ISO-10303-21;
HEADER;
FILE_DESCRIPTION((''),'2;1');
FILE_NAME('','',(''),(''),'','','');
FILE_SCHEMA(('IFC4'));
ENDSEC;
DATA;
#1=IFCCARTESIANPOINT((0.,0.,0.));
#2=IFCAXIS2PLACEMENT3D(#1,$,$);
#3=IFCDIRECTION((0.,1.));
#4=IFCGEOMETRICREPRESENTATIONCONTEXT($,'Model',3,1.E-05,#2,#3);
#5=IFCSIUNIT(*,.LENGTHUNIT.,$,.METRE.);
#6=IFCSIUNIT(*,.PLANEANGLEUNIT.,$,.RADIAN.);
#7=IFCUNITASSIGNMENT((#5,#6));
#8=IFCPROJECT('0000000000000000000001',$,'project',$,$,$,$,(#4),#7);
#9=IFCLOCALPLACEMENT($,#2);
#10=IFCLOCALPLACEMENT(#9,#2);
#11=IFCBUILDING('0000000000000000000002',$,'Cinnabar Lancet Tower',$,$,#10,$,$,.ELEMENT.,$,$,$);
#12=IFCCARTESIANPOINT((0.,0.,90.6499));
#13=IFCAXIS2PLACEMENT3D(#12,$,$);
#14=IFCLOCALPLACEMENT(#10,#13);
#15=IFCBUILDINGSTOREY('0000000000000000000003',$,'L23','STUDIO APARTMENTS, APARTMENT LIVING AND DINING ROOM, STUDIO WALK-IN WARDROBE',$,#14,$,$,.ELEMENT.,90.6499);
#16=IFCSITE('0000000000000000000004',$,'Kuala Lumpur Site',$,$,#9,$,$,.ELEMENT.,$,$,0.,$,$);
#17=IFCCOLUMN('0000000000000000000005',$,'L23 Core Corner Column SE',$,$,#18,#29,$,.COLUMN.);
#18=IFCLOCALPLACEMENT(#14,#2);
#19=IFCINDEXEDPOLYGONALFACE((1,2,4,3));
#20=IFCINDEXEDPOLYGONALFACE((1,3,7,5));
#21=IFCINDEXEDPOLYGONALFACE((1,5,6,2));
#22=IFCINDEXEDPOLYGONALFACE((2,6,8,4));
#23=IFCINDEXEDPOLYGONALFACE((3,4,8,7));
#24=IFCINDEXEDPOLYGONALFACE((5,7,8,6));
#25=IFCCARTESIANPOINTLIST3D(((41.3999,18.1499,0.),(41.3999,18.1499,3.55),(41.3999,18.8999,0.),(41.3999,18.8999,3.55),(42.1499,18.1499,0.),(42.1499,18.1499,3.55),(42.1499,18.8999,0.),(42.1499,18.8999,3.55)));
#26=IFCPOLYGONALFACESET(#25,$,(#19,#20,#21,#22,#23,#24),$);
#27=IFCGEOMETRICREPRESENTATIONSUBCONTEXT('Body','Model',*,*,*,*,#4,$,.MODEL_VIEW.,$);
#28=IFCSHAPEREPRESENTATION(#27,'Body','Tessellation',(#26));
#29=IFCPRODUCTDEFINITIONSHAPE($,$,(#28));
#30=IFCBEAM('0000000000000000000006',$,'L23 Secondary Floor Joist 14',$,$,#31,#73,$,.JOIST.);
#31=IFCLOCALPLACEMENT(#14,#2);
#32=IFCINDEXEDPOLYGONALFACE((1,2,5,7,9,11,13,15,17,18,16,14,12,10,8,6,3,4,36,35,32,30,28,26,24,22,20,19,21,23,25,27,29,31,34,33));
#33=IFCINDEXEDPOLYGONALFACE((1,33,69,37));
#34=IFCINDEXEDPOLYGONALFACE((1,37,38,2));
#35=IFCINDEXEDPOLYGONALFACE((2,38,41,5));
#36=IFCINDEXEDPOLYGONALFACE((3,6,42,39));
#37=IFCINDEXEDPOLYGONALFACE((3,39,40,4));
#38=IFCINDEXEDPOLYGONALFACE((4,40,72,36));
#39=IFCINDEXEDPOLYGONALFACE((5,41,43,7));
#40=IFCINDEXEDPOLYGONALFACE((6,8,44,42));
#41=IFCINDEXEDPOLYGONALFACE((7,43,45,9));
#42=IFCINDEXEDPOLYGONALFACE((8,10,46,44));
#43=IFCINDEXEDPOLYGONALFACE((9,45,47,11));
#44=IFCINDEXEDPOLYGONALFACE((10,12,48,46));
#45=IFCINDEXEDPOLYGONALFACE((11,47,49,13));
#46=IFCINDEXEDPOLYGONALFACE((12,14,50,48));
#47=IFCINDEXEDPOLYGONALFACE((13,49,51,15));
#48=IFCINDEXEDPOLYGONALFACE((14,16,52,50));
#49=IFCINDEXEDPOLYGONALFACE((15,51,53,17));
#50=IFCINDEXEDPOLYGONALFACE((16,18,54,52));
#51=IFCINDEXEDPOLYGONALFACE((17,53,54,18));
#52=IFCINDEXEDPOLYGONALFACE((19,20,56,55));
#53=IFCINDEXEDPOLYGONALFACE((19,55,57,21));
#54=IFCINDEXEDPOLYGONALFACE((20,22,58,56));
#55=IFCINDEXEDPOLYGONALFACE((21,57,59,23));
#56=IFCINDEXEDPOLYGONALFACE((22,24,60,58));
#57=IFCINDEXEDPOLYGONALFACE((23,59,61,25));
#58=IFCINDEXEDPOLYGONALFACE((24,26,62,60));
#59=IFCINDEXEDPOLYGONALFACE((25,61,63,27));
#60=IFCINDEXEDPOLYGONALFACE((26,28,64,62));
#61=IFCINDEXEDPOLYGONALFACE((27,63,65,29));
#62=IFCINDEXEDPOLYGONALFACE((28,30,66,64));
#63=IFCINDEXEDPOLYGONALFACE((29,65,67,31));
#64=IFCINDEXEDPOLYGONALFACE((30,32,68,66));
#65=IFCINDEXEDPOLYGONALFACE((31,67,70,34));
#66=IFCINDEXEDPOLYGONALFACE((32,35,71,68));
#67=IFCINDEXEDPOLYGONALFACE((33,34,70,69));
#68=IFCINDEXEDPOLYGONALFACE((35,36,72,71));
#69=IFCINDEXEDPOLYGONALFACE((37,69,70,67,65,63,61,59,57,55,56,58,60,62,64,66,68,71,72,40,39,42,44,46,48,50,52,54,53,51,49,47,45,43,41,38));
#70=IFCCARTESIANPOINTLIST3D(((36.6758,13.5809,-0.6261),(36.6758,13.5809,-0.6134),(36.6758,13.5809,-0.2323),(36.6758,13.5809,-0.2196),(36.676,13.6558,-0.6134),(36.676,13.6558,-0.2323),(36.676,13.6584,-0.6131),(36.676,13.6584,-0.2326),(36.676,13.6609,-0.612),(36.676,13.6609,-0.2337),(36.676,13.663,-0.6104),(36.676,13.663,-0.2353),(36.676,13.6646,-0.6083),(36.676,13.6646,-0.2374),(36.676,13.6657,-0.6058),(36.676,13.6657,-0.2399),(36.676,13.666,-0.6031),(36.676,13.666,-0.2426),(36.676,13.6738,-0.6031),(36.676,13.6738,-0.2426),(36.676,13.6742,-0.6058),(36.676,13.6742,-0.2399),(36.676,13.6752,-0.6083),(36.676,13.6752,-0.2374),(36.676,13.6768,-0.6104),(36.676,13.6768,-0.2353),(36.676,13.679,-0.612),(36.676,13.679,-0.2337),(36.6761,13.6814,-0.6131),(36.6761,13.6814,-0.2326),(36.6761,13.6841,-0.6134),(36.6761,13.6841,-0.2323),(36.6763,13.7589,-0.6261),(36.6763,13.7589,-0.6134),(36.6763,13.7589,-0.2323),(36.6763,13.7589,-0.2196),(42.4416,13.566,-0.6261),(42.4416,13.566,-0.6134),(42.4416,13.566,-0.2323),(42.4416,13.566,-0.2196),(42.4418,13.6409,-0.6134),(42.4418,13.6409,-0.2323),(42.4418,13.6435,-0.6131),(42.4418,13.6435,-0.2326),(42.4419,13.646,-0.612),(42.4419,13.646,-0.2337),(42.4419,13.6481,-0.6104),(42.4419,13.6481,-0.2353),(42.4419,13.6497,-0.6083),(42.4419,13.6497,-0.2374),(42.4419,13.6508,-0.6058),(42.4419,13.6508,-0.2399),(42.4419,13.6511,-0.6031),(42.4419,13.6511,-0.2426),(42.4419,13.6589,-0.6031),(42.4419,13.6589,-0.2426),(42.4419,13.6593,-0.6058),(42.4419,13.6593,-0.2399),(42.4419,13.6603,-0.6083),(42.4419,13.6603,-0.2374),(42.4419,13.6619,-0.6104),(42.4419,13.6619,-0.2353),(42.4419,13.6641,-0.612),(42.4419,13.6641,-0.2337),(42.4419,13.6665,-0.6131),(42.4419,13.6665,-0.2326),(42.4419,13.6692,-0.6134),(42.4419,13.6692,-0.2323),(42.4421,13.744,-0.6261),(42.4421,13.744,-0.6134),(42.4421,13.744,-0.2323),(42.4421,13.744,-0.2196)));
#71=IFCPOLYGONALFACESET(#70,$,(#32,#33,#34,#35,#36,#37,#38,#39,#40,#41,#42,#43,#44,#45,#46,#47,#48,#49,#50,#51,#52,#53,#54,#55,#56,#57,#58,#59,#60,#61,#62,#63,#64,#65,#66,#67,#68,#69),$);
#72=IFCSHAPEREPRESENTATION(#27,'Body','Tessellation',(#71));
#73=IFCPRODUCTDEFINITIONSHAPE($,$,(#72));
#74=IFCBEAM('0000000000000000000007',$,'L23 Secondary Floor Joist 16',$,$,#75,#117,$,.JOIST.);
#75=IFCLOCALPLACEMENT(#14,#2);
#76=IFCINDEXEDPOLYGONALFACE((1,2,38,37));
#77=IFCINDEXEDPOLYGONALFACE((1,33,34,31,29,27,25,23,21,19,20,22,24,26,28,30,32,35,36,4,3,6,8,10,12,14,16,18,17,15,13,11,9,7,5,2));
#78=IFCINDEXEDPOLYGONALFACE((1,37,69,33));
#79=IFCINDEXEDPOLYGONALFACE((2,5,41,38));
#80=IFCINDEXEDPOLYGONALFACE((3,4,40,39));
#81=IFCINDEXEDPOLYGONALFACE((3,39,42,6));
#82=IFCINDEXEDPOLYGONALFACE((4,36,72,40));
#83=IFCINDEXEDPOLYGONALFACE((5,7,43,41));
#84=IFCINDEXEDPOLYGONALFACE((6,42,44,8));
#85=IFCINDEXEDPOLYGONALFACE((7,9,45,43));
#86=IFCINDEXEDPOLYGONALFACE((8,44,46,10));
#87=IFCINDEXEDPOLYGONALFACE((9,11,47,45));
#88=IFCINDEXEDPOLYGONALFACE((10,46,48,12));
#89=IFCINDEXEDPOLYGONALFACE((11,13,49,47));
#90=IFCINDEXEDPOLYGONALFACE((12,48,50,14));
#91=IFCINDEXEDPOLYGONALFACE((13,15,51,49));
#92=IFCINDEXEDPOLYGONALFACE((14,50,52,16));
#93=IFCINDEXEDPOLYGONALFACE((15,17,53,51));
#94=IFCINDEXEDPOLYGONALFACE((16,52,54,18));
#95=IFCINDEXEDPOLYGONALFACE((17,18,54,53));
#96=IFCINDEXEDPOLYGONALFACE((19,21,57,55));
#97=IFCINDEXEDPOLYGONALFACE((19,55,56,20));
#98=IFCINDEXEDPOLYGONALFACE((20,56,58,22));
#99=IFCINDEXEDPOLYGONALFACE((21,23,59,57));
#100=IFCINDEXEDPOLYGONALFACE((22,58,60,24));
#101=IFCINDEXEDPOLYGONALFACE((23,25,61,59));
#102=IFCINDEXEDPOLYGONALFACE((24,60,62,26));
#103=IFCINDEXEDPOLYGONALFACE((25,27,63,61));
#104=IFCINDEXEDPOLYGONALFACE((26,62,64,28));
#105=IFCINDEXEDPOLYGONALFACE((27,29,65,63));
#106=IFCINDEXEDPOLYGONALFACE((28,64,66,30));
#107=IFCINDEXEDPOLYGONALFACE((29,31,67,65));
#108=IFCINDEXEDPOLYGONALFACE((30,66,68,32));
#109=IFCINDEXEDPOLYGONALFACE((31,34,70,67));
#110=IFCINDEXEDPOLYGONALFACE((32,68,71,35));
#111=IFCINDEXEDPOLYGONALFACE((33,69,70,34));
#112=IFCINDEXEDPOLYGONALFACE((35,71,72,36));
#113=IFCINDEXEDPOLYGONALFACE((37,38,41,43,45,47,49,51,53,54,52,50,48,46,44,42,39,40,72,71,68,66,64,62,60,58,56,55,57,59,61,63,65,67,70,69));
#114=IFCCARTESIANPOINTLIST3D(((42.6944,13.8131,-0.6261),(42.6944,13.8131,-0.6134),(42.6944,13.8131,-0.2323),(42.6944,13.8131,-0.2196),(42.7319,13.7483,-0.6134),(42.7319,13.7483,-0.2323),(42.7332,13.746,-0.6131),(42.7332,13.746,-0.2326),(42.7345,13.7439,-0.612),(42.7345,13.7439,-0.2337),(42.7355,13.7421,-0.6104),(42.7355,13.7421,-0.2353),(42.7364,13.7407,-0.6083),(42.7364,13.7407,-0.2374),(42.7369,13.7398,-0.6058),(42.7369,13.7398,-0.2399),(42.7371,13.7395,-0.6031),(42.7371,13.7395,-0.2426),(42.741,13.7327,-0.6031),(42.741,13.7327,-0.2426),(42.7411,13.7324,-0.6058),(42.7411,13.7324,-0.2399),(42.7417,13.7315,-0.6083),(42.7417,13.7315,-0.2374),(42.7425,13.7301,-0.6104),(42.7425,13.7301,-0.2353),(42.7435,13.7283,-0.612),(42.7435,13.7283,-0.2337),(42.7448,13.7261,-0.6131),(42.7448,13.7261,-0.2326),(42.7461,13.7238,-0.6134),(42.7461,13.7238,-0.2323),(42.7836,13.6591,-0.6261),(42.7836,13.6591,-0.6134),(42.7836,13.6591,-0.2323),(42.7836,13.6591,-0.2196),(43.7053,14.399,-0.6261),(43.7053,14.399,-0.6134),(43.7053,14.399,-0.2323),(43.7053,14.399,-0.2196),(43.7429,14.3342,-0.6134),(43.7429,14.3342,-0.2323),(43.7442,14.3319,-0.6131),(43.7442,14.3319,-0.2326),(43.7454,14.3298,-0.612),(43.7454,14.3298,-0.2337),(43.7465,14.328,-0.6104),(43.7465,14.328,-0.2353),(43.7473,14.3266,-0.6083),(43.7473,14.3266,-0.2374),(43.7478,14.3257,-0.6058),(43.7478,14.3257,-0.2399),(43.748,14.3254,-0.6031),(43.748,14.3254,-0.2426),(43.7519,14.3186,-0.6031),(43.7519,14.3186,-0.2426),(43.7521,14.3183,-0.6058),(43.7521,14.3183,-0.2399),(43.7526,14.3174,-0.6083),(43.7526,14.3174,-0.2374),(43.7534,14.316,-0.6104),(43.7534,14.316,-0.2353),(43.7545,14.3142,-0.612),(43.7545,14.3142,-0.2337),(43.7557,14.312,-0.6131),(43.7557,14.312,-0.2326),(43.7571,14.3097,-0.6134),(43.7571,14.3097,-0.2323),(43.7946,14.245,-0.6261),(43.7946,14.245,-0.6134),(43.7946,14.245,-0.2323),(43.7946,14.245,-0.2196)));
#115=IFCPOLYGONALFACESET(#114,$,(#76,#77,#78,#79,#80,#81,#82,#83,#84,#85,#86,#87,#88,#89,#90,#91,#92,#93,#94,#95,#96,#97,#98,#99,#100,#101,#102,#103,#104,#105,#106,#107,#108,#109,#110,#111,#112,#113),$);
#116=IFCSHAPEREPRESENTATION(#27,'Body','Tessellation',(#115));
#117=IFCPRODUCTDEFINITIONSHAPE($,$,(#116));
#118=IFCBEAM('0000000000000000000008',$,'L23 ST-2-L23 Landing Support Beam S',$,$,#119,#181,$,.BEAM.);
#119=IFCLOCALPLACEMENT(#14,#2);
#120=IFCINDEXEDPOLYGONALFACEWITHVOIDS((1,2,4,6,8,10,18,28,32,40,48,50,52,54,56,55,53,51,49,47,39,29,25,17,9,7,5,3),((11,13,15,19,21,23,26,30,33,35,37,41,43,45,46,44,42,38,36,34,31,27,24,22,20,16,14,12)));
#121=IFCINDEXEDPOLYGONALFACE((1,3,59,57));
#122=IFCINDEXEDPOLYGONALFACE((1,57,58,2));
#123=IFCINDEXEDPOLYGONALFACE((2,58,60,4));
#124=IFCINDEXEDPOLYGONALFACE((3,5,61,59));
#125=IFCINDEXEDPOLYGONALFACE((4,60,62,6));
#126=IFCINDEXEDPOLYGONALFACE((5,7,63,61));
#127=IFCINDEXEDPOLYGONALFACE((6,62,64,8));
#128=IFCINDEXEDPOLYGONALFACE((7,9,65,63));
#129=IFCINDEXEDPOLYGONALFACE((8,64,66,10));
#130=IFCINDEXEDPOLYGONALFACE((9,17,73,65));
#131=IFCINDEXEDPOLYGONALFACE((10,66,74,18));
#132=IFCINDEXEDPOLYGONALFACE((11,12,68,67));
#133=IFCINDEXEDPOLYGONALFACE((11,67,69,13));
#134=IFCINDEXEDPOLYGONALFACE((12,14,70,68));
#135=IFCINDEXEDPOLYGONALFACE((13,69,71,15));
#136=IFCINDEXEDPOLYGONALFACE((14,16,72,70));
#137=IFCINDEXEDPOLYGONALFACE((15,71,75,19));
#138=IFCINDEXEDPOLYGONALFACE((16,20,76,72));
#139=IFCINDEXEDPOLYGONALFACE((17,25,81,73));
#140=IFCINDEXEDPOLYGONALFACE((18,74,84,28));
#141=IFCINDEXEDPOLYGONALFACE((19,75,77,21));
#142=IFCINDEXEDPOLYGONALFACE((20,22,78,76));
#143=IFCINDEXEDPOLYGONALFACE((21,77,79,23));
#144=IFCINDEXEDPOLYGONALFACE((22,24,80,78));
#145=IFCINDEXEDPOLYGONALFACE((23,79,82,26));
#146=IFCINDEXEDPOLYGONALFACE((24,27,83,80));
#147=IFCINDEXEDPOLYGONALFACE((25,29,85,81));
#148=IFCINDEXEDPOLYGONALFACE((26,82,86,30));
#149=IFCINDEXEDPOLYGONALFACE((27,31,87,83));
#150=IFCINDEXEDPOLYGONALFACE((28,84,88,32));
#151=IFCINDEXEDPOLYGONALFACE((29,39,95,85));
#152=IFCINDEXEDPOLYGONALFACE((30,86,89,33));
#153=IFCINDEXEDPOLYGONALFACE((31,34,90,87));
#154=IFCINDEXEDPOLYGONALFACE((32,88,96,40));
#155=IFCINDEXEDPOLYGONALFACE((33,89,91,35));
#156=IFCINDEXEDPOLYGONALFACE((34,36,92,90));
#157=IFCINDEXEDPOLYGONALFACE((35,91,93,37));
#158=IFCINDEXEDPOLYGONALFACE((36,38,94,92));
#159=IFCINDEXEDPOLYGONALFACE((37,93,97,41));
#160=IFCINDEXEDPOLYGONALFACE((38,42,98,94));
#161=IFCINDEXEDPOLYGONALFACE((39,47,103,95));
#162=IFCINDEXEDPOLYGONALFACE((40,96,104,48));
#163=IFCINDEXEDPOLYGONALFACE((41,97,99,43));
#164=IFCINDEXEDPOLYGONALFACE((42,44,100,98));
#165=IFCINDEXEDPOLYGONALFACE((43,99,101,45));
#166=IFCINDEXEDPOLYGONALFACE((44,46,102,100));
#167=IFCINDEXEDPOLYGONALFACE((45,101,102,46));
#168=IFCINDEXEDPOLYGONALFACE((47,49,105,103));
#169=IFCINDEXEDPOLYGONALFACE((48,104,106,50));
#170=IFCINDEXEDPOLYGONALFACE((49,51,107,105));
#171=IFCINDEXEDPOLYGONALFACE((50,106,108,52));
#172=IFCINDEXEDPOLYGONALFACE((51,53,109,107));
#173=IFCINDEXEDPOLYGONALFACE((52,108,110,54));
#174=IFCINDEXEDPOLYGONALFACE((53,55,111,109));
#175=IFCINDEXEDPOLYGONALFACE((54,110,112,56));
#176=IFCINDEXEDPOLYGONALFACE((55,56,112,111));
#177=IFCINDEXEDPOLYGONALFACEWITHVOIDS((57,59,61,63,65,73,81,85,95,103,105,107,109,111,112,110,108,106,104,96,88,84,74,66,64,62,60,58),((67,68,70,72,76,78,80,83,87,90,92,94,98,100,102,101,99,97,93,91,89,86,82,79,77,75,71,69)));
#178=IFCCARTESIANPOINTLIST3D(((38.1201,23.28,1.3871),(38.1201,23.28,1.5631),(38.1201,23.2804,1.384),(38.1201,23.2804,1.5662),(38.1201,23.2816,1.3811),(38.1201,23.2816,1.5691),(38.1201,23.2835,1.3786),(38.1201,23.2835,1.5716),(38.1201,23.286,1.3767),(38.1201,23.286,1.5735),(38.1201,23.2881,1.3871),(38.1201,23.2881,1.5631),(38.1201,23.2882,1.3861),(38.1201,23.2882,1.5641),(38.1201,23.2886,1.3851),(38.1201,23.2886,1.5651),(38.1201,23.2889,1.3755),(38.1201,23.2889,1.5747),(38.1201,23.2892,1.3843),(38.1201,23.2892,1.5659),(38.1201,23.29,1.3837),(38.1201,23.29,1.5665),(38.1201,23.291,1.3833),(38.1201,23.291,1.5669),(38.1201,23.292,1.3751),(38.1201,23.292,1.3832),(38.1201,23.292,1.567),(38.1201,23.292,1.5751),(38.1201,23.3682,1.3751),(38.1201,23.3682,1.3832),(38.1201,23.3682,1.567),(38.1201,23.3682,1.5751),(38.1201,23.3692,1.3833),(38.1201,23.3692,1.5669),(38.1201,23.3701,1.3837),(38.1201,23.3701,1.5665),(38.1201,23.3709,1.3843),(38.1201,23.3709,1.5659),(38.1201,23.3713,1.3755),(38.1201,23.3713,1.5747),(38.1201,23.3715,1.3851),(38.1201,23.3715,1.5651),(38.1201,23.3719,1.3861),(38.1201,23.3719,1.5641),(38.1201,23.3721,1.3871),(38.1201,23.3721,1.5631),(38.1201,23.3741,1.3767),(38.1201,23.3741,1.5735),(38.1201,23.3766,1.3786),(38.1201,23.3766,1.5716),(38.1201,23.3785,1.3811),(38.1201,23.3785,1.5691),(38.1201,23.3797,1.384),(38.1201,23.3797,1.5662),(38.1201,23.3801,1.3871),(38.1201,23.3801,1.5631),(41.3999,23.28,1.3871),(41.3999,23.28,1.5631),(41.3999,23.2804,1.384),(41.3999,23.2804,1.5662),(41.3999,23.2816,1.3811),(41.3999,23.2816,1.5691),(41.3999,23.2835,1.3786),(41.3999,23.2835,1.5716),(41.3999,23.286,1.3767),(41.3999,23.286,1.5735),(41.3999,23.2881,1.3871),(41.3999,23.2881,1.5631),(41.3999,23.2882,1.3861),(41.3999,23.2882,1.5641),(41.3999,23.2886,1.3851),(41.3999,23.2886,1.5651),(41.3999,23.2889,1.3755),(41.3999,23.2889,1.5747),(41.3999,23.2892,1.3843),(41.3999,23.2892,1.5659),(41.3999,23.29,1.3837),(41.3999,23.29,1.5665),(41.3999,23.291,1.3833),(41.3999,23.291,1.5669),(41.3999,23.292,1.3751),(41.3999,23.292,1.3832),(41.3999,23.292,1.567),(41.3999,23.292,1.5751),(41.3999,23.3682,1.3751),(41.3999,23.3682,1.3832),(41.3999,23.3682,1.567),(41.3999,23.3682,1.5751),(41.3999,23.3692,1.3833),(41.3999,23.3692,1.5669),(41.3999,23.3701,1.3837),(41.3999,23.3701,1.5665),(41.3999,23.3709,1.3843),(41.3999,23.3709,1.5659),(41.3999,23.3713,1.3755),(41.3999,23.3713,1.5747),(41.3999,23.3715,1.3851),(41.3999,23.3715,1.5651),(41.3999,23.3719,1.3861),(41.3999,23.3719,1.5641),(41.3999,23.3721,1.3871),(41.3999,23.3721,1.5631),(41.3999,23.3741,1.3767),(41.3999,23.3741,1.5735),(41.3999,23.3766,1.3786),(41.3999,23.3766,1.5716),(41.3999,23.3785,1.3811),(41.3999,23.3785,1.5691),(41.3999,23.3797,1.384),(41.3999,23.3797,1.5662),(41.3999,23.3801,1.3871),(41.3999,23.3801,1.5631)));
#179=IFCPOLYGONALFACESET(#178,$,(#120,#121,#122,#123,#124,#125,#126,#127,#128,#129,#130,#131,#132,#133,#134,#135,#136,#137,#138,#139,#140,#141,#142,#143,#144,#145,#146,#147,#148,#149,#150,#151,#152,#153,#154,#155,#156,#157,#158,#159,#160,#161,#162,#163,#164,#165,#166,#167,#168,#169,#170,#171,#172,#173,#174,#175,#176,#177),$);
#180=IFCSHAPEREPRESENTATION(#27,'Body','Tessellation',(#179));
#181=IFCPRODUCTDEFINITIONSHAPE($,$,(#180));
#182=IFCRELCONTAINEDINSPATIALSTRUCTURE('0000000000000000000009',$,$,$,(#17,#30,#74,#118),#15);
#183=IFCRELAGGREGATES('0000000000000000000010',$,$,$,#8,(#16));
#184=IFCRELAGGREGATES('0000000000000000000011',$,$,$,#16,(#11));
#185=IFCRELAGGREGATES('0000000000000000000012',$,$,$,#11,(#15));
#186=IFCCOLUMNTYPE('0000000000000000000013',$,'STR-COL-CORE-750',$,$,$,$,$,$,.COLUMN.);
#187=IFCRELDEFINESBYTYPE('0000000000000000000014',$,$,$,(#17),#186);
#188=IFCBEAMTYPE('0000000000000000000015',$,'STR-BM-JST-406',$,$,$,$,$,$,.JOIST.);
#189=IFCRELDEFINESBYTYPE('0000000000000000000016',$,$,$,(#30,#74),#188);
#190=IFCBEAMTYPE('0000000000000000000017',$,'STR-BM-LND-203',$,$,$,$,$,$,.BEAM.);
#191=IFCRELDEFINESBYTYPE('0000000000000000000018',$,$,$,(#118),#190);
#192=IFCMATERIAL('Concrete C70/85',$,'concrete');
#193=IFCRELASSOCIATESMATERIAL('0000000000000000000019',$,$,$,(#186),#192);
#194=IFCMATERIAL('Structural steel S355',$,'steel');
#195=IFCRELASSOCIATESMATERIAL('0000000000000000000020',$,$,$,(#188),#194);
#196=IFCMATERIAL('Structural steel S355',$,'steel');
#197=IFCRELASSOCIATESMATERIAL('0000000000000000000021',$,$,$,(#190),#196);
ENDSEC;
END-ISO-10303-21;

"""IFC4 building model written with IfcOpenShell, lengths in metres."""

from ifc_helpers import new_model, si_unit, direction, frame, origin, origin_2d, place, context, subcontext, project, spatial, rectangle, hollow_rectangle, i_section, extrude, material, material_profile, profile_set, type_object, element, save


model = new_model("IFC4")

# Units and contexts
model_context = context("Model", 3, precision=1e-05, world=origin(), true_north=direction((0.0, 1.0)))
body_context = subcontext(model_context, "Body", "Model", "MODEL_VIEW")
ifc_project = project(units=[si_unit("LENGTHUNIT", "METRE"), si_unit("PLANEANGLEUNIT", "RADIAN")], contexts=[model_context])

# Site, building, storey
site_placement = place(None, origin())
site = spatial("IfcSite", under=ifc_project, at=site_placement, Name="Kuala Lumpur Site", CompositionType="ELEMENT", RefElevation=0.0)
building_placement = place(site_placement, origin())
building = spatial("IfcBuilding", under=site, at=building_placement, Name="Cinnabar Lancet Tower", CompositionType="ELEMENT")
storey_placement = place(building_placement, frame((0.0, 0.0, 90.6499)))
storey = spatial("IfcBuildingStorey", under=building, at=storey_placement, Name="L23", Description="STUDIO APARTMENTS, APARTMENT LIVING AND DINING ROOM, STUDIO WALK-IN WARDROBE", CompositionType="ELEMENT", Elevation=90.6499)

# Column
ifc_material_1 = material(Name="Concrete C70/85", Category="concrete")
ifc_material_profile_1 = material_profile(ifc_material_1, rectangle(XDim=0.75, YDim=0.75, at=origin_2d()), Name="RC-COL 750x750")
ifc_profile_set_1 = profile_set([ifc_material_profile_1], Name="Concrete C70/85")
column_type = type_object("IfcColumnType", Name="STR-COL-CORE-750", PredefinedType="COLUMN", material=ifc_profile_set_1)
column_placement = place(storey_placement, frame((41.7749, 18.5249, 0.0), z_axis=(0.0, 0.0, 1.0), x_axis=(1.0, 0.0, 0.0)))
element("IfcColumn", 1, at=column_placement, inside=storey, type_object=column_type, Name="L23 Core Corner Column SE", PredefinedType="COLUMN", context=body_context, shape_type="SweptSolid", body=[
    extrude(rectangle(XDim=0.75, YDim=0.75, at=origin_2d()), origin(), (0.0, 0.0, 1.0), 3.55),
])

# Beams
ifc_material_2 = material(Name="Structural steel S355", Category="steel")
ifc_material_profile_2 = material_profile(ifc_material_2, i_section(OverallWidth=0.178, OverallDepth=0.4065, WebThickness=0.0078, FlangeThickness=0.0127, FilletRadius=0.0103, at=origin_2d()), Name="UKB 406x178x60")
ifc_profile_set_2 = profile_set([ifc_material_profile_2], Name="Structural steel S355")
beam_type_1 = type_object("IfcBeamType", Name="STR-BM-JST-406", PredefinedType="JOIST", material=ifc_profile_set_2)
beam_1_placement = place(storey_placement, frame((36.676, 13.6699, -0.4229), z_axis=(0.999997, -0.002583, 0.0), x_axis=(0.002583, 0.999997, 0.0)))
element("IfcBeam", 2, at=beam_1_placement, inside=storey, type_object=beam_type_1, Name="L23 Secondary Floor Joist 14", PredefinedType="JOIST", context=body_context, shape_type="SweptSolid", body=[
    extrude(i_section(OverallWidth=0.178, OverallDepth=0.4065, WebThickness=0.0078, FlangeThickness=0.0127, FilletRadius=0.0103, at=origin_2d()), origin(), (0.0, 0.0, 1.0), 5.7659),
])
beam_2_placement = place(storey_placement, frame((42.739, 13.7361, -0.4229), z_axis=(0.865193, 0.50144, 0.0), x_axis=(-0.50144, 0.865193, 0.0)))
element("IfcBeam", 3, at=beam_2_placement, inside=storey, type_object=beam_type_1, Name="L23 Secondary Floor Joist 16", PredefinedType="JOIST", context=body_context, shape_type="SweptSolid", body=[
    extrude(i_section(OverallWidth=0.178, OverallDepth=0.4065, WebThickness=0.0078, FlangeThickness=0.0127, FilletRadius=0.0103, at=origin_2d()), origin(), (0.0, 0.0, 1.0), 1.1685),
])
ifc_material_3 = material(Name="Structural steel S355", Category="steel")
ifc_material_profile_3 = material_profile(ifc_material_3, hollow_rectangle(XDim=0.1001, YDim=0.2, WallThickness=0.0081, InnerFilletRadius=0.0039, OuterFilletRadius=0.012, at=origin_2d()), Name="RHS 200x100x8")
ifc_profile_set_3 = profile_set([ifc_material_profile_3], Name="Structural steel S355")
beam_type_2 = type_object("IfcBeamType", Name="STR-BM-LND-203", PredefinedType="BEAM", material=ifc_profile_set_3)
beam_3_placement = place(storey_placement, frame((38.1201, 23.3301, 1.4751), z_axis=(1.0, 0.0, 0.0), x_axis=(0.0, 1.0, 0.0)))
element("IfcBeam", 4, at=beam_3_placement, inside=storey, type_object=beam_type_2, Name="L23 ST-2-L23 Landing Support Beam S", PredefinedType="BEAM", context=body_context, shape_type="SweptSolid", body=[
    extrude(hollow_rectangle(XDim=0.1001, YDim=0.2, WallThickness=0.0081, InnerFilletRadius=0.0039, OuterFilletRadius=0.012, at=origin_2d()), origin(), (0.0, 0.0, 1.0), 3.2798),
])

save(model, "model.ifc")
